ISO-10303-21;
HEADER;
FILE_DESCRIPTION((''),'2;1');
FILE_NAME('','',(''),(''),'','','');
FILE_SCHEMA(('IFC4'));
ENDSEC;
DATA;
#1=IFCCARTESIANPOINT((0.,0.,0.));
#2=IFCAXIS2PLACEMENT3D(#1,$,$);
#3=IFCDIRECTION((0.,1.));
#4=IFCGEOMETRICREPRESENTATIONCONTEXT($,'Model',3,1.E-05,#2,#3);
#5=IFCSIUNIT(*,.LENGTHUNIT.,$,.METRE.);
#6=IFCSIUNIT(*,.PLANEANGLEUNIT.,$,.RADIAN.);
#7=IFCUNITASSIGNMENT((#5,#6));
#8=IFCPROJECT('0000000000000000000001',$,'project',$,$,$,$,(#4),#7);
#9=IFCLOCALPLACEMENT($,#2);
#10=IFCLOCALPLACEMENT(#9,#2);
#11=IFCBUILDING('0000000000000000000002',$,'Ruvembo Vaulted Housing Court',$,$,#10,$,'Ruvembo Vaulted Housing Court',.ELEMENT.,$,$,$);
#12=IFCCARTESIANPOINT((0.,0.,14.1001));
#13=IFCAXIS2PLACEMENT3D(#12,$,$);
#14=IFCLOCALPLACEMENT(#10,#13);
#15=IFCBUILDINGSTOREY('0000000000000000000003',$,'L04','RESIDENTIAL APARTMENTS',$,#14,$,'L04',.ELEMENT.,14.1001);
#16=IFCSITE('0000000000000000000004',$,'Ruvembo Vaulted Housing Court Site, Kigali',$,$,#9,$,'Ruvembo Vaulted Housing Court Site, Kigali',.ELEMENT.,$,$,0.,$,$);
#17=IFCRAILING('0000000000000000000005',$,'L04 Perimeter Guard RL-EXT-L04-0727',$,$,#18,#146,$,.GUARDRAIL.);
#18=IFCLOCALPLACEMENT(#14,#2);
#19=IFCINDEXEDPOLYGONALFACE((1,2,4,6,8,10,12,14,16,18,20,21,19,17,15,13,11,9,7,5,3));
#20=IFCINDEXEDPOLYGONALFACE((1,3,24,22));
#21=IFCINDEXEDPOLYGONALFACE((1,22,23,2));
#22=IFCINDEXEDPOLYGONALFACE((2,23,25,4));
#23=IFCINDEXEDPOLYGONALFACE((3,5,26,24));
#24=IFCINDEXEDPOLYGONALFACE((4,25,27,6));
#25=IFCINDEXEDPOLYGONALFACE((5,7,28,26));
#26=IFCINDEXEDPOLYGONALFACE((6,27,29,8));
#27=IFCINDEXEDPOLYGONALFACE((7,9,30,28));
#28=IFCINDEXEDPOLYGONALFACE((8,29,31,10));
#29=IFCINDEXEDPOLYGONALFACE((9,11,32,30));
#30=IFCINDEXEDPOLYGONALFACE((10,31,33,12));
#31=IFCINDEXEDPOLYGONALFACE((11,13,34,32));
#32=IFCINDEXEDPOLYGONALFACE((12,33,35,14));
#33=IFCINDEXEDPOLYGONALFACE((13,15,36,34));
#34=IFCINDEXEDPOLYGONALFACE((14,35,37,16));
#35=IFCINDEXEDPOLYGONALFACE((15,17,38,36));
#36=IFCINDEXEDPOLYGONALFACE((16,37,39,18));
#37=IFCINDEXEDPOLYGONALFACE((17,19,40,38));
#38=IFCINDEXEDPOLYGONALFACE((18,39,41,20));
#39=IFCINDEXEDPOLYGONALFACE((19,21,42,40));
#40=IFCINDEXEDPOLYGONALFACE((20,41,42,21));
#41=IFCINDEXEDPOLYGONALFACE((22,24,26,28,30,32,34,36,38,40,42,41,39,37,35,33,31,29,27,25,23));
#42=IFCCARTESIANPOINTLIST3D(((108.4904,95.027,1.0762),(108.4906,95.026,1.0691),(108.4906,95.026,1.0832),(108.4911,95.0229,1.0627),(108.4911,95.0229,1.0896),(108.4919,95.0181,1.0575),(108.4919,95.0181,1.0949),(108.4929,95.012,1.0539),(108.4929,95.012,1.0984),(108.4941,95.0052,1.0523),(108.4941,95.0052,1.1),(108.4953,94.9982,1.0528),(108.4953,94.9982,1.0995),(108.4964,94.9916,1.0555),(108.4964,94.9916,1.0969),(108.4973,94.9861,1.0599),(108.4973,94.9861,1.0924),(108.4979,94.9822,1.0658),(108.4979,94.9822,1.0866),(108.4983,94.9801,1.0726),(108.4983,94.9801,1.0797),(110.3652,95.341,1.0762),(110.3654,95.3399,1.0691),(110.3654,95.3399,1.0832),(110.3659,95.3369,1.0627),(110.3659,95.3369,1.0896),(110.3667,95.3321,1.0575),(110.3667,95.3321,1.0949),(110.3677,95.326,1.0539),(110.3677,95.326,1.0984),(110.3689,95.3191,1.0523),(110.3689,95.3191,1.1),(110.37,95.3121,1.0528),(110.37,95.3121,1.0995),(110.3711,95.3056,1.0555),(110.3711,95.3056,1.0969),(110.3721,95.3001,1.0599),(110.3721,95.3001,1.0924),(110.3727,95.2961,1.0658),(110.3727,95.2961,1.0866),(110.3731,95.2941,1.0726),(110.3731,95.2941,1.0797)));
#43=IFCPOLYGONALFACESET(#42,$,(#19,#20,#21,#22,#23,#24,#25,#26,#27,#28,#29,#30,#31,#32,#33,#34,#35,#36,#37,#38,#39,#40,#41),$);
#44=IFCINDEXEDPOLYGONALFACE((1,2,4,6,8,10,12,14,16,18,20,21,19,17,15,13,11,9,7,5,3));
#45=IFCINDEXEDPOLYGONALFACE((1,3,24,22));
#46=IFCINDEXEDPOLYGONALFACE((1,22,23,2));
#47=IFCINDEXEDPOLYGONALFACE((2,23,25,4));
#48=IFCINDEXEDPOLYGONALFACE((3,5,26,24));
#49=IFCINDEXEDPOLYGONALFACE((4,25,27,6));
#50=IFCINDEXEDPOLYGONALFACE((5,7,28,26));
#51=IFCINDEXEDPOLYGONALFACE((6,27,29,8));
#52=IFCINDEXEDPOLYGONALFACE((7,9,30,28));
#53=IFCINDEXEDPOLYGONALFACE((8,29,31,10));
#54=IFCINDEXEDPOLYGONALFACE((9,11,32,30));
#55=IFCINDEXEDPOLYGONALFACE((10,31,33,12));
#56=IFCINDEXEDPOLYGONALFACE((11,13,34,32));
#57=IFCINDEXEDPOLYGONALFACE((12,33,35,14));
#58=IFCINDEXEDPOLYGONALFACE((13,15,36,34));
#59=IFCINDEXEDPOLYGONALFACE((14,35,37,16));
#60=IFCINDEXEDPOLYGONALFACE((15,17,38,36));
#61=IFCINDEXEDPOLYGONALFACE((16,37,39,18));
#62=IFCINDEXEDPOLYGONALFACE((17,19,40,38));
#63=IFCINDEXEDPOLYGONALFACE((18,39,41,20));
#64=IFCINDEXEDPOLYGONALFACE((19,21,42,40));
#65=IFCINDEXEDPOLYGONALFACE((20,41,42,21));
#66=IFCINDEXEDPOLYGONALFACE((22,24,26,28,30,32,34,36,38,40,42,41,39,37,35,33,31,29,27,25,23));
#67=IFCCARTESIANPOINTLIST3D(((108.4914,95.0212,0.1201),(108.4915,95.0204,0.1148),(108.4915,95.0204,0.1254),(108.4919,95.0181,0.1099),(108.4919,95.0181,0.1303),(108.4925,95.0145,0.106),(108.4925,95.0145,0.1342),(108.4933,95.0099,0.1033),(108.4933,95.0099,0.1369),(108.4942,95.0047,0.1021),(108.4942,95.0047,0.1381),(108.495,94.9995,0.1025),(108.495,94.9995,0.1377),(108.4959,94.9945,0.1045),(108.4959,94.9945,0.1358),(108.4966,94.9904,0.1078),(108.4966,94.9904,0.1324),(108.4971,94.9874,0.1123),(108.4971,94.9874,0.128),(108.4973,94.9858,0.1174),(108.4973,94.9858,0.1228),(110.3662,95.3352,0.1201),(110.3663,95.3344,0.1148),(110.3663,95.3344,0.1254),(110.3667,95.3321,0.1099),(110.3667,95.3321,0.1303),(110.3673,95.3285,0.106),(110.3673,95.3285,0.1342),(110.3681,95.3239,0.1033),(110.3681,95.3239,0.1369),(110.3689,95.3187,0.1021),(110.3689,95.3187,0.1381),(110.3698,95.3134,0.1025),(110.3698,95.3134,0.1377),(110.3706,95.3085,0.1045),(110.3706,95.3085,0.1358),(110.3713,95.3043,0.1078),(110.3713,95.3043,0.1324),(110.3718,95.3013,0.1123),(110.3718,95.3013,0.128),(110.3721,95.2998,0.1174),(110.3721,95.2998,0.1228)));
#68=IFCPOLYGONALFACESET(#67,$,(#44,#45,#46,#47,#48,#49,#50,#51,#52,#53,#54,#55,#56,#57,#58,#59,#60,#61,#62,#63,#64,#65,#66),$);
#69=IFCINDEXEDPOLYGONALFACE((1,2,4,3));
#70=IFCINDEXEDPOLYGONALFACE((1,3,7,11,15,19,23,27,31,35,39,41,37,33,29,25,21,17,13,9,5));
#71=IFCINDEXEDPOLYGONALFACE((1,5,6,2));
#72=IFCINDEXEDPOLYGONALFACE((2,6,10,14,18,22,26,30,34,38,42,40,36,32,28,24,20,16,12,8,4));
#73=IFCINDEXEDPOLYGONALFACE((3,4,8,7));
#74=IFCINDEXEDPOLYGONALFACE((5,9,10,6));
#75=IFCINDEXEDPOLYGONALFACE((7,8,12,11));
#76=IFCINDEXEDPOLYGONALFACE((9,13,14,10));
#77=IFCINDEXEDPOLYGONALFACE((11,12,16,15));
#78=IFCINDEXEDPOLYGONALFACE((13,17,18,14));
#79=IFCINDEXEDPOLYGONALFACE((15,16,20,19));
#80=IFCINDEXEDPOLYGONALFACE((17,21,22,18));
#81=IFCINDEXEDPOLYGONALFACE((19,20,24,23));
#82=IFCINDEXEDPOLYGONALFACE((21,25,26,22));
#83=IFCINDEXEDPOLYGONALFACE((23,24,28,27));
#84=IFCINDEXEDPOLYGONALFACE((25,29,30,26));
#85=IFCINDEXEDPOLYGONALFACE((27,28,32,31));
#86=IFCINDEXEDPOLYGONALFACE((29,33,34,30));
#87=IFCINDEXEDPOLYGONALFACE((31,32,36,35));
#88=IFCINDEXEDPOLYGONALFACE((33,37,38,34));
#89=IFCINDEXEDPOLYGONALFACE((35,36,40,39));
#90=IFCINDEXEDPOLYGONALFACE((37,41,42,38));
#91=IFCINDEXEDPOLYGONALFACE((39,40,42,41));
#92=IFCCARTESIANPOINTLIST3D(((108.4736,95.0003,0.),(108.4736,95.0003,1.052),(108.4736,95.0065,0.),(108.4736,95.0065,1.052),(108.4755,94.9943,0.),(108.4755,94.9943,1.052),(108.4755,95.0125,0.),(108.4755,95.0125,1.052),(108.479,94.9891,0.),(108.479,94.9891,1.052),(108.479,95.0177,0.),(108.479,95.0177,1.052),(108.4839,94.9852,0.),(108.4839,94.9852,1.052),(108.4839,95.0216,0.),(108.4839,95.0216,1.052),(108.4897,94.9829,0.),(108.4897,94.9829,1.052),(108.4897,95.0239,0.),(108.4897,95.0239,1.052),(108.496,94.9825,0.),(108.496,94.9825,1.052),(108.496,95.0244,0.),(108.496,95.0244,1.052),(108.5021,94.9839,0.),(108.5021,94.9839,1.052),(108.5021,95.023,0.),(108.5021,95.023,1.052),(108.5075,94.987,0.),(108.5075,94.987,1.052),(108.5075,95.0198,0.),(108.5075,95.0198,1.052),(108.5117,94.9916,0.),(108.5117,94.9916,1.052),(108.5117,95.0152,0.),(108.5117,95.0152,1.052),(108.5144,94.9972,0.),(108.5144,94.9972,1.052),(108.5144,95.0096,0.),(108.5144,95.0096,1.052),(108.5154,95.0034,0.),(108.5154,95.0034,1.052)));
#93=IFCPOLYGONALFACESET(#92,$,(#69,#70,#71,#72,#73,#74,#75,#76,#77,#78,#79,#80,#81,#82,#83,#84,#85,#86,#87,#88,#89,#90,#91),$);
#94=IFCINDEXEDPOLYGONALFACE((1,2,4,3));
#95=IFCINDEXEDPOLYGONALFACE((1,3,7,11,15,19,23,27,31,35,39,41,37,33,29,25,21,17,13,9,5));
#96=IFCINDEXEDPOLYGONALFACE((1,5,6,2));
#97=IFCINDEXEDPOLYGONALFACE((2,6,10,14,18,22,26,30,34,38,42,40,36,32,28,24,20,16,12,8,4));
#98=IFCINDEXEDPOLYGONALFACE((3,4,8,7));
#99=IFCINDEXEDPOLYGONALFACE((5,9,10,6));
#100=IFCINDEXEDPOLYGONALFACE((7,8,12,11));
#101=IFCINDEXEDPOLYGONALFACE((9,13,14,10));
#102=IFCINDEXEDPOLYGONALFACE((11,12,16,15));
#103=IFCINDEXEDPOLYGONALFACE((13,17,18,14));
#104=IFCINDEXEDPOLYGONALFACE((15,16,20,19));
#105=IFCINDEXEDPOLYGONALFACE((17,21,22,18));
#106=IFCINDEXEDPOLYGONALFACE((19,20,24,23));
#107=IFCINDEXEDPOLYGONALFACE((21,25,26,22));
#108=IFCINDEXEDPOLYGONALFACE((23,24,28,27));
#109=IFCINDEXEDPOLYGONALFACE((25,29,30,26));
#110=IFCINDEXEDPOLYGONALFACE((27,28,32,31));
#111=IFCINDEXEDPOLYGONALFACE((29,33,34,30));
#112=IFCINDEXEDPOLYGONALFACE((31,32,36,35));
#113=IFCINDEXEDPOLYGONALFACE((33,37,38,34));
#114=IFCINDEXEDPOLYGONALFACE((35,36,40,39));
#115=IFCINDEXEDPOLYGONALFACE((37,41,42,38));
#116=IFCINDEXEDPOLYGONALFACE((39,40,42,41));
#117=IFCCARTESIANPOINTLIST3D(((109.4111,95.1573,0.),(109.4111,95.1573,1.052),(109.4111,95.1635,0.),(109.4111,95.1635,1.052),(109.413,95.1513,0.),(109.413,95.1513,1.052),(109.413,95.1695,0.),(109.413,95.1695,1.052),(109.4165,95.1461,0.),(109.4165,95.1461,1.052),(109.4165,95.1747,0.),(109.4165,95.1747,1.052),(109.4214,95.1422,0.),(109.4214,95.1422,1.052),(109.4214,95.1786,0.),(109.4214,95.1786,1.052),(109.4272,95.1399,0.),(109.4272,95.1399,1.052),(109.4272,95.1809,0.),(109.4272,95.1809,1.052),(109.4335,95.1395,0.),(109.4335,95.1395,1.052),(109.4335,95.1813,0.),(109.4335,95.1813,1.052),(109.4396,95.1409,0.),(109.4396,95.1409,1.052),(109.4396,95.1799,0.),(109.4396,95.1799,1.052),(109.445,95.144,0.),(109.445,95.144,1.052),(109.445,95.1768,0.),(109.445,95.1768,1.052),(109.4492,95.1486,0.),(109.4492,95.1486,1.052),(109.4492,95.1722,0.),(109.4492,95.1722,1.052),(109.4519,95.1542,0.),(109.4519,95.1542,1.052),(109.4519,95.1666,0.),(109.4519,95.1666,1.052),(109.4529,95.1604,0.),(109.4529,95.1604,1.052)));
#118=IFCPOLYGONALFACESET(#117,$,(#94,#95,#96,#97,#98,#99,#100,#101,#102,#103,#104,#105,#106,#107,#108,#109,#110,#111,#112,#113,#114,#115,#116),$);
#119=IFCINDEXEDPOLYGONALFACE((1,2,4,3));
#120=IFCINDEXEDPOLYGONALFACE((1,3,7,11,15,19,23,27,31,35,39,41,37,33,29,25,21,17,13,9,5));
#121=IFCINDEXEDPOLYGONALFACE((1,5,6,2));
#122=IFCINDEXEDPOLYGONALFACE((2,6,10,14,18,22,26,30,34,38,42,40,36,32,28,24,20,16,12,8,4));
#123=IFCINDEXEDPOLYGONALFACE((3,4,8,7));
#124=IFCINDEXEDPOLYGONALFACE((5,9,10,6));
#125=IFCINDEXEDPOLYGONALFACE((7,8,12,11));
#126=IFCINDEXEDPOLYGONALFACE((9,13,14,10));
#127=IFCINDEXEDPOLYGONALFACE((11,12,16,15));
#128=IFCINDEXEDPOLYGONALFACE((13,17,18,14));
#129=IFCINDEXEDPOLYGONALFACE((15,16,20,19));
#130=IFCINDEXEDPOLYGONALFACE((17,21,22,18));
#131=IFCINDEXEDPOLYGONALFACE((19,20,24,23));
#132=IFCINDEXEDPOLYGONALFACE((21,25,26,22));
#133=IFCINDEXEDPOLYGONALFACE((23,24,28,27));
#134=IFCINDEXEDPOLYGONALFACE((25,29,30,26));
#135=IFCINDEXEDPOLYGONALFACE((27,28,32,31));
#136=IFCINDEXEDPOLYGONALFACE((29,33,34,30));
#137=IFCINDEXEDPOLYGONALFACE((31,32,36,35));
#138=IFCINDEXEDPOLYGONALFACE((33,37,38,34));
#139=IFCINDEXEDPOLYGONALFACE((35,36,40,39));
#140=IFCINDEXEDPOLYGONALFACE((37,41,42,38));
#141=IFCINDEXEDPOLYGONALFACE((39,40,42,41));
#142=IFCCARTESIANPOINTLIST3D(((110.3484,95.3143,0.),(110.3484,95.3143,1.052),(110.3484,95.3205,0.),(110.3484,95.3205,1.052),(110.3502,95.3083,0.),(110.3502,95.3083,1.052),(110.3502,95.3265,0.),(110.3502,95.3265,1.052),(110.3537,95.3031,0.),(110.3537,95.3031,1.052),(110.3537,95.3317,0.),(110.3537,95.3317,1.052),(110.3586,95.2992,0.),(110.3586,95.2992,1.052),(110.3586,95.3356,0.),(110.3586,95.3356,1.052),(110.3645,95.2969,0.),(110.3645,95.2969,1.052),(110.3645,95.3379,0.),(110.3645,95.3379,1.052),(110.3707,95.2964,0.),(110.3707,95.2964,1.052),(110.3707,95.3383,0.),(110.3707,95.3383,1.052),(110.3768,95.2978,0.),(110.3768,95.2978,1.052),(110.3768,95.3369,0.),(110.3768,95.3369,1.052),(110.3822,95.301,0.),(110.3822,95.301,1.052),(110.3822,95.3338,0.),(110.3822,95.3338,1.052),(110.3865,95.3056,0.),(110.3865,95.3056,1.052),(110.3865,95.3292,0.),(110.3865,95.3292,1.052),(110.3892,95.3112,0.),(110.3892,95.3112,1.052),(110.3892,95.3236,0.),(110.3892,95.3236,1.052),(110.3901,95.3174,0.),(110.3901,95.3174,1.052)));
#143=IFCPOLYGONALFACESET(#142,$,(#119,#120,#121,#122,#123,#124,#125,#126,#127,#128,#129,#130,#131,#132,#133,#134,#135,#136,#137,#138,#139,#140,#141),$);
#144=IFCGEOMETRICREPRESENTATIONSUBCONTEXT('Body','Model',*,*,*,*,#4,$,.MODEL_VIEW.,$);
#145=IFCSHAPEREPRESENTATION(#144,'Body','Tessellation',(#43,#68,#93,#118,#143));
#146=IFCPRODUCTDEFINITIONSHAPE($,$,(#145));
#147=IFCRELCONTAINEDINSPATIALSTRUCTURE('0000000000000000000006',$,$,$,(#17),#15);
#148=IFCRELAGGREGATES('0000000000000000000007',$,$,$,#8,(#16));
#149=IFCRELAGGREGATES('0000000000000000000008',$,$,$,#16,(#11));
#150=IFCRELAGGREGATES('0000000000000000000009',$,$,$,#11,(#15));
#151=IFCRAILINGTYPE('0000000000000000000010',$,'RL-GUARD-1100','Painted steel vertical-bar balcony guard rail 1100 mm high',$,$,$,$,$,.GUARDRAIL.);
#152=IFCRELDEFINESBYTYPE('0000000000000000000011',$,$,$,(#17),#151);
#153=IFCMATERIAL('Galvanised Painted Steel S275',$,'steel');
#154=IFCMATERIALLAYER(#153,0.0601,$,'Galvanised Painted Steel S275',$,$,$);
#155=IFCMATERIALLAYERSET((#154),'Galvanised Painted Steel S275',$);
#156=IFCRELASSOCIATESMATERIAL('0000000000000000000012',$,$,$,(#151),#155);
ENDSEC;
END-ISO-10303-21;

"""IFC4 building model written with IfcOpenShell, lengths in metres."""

from ifc_helpers import new_model, si_unit, direction, frame, origin, origin_2d, place, context, subcontext, project, spatial, circle, extrude, material, layer, layer_set, type_object, element, save


model = new_model("IFC4")

# Units and contexts
model_context = context("Model", 3, precision=1e-05, world=origin(), true_north=direction((0.0, 1.0)))
body_context = subcontext(model_context, "Body", "Model", "MODEL_VIEW")
ifc_project = project(units=[si_unit("LENGTHUNIT", "METRE"), si_unit("PLANEANGLEUNIT", "RADIAN")], contexts=[model_context])

# Site, building, storey
site_placement = place(None, origin())
site = spatial("IfcSite", under=ifc_project, at=site_placement, Name="Ruvembo Vaulted Housing Court Site, Kigali", LongName="Ruvembo Vaulted Housing Court Site, Kigali", CompositionType="ELEMENT", RefElevation=0.0)
building_placement = place(site_placement, origin())
building = spatial("IfcBuilding", under=site, at=building_placement, Name="Ruvembo Vaulted Housing Court", LongName="Ruvembo Vaulted Housing Court", CompositionType="ELEMENT")
storey_placement = place(building_placement, frame((0.0, 0.0, 14.1001)))
storey = spatial("IfcBuildingStorey", under=building, at=storey_placement, Name="L04", Description="RESIDENTIAL APARTMENTS", LongName="L04", CompositionType="ELEMENT", Elevation=14.1001)

# Railing
ifc_material_1 = material(Name="Galvanised Painted Steel S275", Category="steel")
ifc_layer = layer(ifc_material_1, 0.0601, Name="Galvanised Painted Steel S275")
ifc_layer_set = layer_set([ifc_layer], Name="Galvanised Painted Steel S275")
railing_type = type_object("IfcRailingType", Name="RL-GUARD-1100", Description="Painted steel vertical-bar balcony guard rail 1100 mm high", PredefinedType="GUARDRAIL", material=ifc_layer_set)
railing_1_placement = place(storey_placement, frame((108.4944, 95.0034, 0.0)))
element("IfcRailing", 1, at=railing_1_placement, inside=storey, type_object=railing_type, Name="L04 Perimeter Guard RL-EXT-L04-0727", PredefinedType="GUARDRAIL", context=body_context, shape_type="SweptSolid", body=[
    extrude(circle(Radius=0.0239, at=origin_2d()), frame((0.0, 0.0, 1.0762), z_axis=(0.986265, 0.16517, 0.0), x_axis=(-0.16517, 0.986265, 0.0)), (0.0, 0.0, 1.0), 1.9009),
    extrude(circle(Radius=0.0181, at=origin_2d()), frame((0.0, 0.0, 0.1201), z_axis=(0.986265, 0.16517, 0.0), x_axis=(-0.16517, 0.986265, 0.0)), (0.0, 0.0, 1.0), 1.9009),
    extrude(circle(Radius=0.021, at=origin_2d()), origin(), (0.0, 0.0, 1.0), 1.052),
    extrude(circle(Radius=0.021, at=origin_2d()), frame((0.9375, 0.157, 0.0)), (0.0, 0.0, 1.0), 1.052),
    extrude(circle(Radius=0.021, at=origin_2d()), frame((1.8748, 0.314, 0.0)), (0.0, 0.0, 1.0), 1.052),
])

save(model, "model.ifc")
